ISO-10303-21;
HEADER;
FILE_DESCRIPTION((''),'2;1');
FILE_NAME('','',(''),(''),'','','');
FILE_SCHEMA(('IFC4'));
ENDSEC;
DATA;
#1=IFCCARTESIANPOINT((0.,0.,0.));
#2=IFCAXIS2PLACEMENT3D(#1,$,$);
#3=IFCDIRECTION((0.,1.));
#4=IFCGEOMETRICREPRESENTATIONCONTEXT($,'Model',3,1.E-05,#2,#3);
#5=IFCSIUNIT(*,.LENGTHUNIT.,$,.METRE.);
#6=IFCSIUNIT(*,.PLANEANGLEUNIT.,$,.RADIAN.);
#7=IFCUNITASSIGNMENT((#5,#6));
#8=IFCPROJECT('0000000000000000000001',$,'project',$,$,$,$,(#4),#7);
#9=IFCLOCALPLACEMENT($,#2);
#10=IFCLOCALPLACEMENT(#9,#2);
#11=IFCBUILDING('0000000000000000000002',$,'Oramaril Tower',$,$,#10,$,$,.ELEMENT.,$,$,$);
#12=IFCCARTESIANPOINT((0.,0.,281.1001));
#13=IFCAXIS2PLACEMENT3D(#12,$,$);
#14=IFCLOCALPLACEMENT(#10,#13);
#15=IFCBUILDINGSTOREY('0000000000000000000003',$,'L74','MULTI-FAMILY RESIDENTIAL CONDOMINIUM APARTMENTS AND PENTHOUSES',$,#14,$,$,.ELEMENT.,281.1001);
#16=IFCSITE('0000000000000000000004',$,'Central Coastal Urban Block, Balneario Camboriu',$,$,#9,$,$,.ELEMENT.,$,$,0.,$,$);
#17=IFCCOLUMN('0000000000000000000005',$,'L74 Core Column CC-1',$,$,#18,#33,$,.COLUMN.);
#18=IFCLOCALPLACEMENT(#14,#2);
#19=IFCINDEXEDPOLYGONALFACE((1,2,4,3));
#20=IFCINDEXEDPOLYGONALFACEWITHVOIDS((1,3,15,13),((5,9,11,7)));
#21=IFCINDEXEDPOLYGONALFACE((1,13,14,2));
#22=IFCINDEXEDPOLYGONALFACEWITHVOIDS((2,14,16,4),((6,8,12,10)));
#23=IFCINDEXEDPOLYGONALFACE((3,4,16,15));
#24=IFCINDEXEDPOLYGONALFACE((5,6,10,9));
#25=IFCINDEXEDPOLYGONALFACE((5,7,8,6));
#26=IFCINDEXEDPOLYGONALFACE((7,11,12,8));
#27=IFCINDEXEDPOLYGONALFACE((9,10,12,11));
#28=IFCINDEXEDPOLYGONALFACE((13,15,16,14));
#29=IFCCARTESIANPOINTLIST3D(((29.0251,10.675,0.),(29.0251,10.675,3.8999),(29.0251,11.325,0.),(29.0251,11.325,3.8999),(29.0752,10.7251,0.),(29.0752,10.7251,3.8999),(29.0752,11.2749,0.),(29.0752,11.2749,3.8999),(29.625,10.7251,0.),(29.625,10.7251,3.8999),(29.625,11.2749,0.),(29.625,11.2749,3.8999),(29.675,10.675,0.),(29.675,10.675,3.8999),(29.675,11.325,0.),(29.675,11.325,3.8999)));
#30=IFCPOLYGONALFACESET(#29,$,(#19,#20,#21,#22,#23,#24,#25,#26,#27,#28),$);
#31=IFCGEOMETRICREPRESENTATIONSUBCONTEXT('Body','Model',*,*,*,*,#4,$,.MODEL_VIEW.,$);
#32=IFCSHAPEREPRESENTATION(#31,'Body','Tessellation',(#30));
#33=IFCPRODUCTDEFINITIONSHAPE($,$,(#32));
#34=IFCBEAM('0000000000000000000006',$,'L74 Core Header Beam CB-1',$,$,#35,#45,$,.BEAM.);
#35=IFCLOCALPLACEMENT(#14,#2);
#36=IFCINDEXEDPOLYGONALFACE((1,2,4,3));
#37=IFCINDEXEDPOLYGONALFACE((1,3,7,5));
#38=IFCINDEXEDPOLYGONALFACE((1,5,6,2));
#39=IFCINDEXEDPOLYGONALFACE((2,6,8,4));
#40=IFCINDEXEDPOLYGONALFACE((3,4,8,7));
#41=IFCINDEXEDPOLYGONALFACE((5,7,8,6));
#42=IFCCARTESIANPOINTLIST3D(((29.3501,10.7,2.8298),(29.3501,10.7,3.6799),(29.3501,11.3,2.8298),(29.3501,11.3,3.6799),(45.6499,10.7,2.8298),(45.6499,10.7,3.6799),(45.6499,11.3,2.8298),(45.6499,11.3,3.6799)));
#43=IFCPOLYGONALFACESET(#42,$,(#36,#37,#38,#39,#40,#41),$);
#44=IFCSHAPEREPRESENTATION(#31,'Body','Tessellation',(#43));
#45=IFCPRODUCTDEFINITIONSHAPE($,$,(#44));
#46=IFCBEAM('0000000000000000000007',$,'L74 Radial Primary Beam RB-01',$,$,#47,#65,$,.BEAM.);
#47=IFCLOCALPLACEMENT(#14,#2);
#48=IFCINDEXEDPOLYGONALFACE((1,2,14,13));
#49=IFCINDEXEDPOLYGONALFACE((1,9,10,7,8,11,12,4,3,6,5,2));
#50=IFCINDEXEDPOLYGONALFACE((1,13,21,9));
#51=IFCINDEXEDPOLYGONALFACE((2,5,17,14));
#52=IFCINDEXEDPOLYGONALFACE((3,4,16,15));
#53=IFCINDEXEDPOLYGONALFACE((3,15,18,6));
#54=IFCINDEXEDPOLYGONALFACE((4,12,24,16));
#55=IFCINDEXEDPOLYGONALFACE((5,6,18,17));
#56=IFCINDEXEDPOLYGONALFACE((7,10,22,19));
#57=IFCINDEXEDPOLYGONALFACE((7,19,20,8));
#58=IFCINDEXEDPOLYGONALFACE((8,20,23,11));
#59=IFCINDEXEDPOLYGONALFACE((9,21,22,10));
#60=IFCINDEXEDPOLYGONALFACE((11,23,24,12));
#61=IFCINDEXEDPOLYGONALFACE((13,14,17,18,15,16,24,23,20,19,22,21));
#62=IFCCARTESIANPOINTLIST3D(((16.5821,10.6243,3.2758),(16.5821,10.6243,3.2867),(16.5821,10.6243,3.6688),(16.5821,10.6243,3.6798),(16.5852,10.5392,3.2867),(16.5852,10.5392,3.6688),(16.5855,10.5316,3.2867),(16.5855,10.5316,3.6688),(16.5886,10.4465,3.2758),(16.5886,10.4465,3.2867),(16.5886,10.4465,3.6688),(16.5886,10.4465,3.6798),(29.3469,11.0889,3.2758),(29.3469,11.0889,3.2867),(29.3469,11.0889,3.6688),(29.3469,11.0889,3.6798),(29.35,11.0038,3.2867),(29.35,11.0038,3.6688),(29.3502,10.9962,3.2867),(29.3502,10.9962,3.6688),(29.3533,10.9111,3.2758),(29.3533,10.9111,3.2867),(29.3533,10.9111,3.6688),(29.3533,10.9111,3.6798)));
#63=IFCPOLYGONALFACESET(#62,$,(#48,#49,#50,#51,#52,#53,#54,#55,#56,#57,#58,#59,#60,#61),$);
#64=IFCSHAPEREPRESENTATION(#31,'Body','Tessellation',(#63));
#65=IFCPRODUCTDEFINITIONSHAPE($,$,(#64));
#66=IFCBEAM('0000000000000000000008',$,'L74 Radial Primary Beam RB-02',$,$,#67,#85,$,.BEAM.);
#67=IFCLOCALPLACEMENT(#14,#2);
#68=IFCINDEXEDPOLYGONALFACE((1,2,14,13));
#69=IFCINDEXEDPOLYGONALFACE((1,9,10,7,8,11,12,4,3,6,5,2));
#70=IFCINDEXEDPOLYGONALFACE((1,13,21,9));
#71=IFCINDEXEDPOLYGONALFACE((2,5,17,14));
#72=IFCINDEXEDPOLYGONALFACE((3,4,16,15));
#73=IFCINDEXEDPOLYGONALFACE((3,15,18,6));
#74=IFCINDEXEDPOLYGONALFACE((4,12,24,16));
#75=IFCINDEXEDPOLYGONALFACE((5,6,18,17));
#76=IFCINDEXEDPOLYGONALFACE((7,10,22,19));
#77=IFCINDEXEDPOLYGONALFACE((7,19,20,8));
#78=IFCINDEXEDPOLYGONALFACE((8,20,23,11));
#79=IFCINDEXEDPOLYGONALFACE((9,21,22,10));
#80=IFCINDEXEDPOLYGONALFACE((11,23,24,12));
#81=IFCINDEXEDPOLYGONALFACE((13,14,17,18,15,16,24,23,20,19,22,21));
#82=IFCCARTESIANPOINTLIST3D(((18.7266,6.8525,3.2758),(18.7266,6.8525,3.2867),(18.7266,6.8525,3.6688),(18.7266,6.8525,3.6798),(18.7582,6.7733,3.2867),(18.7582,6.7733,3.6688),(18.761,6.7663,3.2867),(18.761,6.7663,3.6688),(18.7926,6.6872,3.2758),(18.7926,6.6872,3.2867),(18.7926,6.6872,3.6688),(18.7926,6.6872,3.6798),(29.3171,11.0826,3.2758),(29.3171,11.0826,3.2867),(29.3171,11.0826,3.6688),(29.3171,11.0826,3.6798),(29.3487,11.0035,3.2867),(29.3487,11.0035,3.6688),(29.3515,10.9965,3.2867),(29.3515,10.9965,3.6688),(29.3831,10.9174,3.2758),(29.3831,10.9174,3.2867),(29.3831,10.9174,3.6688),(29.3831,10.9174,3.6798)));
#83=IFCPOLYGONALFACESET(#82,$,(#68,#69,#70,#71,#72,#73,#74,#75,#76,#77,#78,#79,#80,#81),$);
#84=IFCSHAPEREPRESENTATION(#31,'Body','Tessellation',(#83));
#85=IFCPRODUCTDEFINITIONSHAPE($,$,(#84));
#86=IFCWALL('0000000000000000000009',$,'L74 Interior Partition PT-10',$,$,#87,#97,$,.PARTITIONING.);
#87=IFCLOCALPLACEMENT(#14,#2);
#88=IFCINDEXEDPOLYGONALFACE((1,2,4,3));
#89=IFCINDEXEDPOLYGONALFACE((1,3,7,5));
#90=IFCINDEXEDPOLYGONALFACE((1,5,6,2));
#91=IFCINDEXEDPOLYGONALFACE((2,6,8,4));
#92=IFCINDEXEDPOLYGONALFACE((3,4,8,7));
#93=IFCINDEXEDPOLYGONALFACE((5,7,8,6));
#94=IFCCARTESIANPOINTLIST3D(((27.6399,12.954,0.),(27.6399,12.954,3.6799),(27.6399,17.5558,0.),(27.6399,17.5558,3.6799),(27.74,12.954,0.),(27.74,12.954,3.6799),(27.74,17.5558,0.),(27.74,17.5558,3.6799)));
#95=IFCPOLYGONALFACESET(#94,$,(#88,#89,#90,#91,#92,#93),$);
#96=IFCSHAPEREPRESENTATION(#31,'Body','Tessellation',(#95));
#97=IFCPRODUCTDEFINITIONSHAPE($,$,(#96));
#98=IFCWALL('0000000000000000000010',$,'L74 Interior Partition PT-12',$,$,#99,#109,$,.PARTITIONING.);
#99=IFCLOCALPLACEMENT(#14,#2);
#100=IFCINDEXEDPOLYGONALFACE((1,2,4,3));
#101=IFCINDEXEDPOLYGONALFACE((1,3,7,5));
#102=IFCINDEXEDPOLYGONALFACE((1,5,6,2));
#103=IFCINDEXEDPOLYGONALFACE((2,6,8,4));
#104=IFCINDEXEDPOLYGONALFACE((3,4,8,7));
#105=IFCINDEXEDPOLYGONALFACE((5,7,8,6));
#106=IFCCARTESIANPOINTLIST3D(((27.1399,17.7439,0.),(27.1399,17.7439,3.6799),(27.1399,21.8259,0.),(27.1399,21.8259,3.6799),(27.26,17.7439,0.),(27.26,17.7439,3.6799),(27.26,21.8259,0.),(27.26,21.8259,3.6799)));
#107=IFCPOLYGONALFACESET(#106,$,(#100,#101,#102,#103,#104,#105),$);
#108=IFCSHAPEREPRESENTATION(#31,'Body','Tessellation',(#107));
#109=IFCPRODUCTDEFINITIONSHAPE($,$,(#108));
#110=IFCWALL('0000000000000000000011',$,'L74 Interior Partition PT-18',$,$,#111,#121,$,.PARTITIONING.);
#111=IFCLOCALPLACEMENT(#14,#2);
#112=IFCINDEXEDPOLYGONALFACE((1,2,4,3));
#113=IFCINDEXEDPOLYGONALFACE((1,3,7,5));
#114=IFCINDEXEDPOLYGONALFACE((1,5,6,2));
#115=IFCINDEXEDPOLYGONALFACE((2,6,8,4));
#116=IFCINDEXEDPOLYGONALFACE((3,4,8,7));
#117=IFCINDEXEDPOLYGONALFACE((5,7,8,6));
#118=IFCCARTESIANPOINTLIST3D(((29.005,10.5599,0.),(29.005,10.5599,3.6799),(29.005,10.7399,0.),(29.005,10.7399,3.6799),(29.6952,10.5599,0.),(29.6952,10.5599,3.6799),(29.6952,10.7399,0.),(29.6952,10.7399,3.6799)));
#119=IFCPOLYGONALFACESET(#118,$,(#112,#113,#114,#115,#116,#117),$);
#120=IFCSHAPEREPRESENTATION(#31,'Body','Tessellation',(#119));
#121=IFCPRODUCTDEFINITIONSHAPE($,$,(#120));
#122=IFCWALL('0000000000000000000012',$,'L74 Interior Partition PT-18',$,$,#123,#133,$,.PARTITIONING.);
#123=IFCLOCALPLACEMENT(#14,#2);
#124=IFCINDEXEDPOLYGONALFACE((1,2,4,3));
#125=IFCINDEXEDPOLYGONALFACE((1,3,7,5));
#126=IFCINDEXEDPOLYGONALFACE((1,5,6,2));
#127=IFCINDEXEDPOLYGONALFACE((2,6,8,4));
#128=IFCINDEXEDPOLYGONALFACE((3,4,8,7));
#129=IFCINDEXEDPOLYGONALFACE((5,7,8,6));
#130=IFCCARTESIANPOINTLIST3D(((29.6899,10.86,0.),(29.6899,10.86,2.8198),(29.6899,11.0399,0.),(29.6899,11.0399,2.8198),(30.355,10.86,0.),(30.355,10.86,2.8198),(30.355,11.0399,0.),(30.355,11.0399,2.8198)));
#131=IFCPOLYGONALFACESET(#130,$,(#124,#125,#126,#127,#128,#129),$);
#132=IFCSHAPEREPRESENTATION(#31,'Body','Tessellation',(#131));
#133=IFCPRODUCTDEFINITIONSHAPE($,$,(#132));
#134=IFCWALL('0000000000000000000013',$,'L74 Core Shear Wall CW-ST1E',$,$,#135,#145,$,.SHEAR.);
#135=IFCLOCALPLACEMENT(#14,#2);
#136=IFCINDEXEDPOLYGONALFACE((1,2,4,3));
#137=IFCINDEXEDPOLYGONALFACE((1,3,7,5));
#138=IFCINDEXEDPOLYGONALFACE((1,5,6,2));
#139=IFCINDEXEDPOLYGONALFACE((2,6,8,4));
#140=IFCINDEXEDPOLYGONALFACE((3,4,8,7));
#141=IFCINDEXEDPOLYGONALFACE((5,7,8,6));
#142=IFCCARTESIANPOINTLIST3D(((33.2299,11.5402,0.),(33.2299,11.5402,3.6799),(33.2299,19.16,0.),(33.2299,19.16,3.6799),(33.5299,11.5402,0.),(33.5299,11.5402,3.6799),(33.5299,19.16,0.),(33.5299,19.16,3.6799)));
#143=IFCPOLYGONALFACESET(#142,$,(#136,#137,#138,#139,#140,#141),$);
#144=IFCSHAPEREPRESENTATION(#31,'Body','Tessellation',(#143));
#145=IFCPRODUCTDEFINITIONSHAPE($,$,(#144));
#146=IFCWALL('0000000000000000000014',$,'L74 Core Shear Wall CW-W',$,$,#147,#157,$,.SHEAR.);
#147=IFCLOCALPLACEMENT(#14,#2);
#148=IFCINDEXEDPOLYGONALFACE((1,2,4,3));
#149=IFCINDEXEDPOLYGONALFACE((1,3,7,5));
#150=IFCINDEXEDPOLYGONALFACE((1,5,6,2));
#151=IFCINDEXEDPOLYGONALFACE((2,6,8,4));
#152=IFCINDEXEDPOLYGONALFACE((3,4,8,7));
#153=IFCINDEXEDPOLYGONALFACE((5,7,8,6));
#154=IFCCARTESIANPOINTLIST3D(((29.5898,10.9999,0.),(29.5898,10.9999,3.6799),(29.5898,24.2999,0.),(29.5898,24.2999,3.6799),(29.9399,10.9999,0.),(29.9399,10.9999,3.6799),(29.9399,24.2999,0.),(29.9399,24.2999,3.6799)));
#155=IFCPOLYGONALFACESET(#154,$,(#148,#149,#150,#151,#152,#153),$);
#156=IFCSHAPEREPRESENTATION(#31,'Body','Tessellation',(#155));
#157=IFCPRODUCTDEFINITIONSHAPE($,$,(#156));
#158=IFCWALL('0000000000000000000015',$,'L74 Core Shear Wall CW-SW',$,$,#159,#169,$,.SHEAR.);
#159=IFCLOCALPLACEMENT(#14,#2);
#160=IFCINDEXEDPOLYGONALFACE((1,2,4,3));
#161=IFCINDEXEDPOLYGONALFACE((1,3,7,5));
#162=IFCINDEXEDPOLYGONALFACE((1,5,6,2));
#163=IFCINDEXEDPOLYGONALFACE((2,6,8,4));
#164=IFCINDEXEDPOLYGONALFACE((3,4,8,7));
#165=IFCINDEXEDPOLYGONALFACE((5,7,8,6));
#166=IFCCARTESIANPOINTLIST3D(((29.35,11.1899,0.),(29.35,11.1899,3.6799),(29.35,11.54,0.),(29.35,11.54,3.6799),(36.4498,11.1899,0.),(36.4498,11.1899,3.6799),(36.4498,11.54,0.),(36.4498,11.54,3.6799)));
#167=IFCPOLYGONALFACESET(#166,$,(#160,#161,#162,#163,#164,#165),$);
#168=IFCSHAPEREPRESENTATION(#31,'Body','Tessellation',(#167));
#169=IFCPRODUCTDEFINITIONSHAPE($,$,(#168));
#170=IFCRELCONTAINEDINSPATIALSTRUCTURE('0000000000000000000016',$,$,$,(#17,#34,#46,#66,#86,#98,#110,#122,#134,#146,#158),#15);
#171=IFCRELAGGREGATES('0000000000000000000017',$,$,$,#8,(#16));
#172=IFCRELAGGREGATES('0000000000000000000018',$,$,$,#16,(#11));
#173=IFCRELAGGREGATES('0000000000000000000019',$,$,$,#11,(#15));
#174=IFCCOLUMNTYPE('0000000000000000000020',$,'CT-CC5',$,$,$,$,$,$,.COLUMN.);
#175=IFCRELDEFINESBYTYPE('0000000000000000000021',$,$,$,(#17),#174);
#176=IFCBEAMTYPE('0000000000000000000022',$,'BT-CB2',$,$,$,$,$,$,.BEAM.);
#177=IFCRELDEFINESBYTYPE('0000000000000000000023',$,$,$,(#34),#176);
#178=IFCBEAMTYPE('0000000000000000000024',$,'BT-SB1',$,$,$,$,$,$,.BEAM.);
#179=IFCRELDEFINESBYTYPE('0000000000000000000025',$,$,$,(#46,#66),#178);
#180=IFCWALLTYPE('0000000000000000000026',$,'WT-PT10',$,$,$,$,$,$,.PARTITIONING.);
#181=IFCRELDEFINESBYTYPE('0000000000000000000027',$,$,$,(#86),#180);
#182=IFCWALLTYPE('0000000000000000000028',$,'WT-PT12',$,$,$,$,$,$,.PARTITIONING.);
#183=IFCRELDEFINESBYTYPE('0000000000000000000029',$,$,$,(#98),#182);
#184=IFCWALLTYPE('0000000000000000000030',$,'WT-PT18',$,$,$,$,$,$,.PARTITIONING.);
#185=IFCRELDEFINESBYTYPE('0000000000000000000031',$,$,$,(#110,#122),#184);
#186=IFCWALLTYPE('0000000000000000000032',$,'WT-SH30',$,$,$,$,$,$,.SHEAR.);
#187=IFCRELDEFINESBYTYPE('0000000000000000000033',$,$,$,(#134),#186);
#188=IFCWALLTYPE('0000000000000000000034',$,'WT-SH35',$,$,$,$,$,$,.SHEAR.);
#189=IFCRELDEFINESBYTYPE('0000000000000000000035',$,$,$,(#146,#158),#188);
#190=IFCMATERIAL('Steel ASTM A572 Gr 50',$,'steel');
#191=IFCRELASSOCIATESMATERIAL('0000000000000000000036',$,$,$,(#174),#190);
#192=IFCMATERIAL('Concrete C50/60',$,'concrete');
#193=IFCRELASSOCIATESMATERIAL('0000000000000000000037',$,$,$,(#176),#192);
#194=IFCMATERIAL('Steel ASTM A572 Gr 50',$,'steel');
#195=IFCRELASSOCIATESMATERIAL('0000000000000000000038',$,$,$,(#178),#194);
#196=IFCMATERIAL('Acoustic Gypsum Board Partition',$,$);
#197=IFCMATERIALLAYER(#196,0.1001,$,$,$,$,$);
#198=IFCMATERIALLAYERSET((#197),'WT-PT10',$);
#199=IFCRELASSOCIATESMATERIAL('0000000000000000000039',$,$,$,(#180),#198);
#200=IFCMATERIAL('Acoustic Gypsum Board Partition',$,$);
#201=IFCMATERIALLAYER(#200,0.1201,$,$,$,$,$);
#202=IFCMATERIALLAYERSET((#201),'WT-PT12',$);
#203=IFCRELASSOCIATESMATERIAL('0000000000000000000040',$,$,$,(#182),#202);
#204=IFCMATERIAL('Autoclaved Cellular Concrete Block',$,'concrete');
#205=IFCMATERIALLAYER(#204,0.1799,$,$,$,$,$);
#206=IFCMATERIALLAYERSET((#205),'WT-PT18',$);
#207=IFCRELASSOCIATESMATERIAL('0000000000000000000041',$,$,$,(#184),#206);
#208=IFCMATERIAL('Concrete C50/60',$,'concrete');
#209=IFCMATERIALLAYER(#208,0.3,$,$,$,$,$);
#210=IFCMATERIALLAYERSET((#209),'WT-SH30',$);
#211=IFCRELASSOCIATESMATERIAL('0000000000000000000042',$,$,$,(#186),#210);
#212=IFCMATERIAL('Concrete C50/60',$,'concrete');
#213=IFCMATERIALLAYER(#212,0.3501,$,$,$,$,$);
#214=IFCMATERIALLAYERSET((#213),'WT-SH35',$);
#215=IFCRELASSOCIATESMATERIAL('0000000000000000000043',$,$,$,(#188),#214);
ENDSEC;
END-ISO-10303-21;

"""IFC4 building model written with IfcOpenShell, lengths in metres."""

from ifc_helpers import new_model, si_unit, direction, frame, frame_2d, origin, origin_2d, place, context, subcontext, project, spatial, rectangle, hollow_rectangle, i_section, extrude, material, layer, layer_set, material_profile, profile_set, type_object, element, save


model = new_model("IFC4")

# Units and contexts
model_context = context("Model", 3, precision=1e-05, world=origin(), true_north=direction((0.0, 1.0)))
body_context = subcontext(model_context, "Body", "Model", "MODEL_VIEW")
ifc_project = project(units=[si_unit("LENGTHUNIT", "METRE"), si_unit("PLANEANGLEUNIT", "RADIAN")], contexts=[model_context])

# Site, building, storey
site_placement = place(None, origin())
site = spatial("IfcSite", under=ifc_project, at=site_placement, Name="Central Coastal Urban Block, Balneario Camboriu", CompositionType="ELEMENT", RefElevation=0.0)
building_placement = place(site_placement, origin())
building = spatial("IfcBuilding", under=site, at=building_placement, Name="Oramaril Tower", CompositionType="ELEMENT")
storey_placement = place(building_placement, frame((0.0, 0.0, 281.1001)))
storey = spatial("IfcBuildingStorey", under=building, at=storey_placement, Name="L74", Description="MULTI-FAMILY RESIDENTIAL CONDOMINIUM APARTMENTS AND PENTHOUSES", CompositionType="ELEMENT", Elevation=281.1001)

# Column
ifc_material_1 = material(Name="Steel ASTM A572 Gr 50", Category="steel")
ifc_material_profile_1 = material_profile(ifc_material_1, hollow_rectangle(XDim=0.6499, YDim=0.6499, WallThickness=0.05, at=origin_2d()), Name="BOX650X650X50")
ifc_profile_set_1 = profile_set([ifc_material_profile_1], Name="Steel ASTM A572 Gr 50")
column_type = type_object("IfcColumnType", Name="CT-CC5", PredefinedType="COLUMN", material=ifc_profile_set_1)
column_placement = place(storey_placement, frame((29.3501, 11.0, 0.0), z_axis=(0.0, 0.0, 1.0), x_axis=(1.0, 0.0, 0.0)))
element("IfcColumn", 1, at=column_placement, inside=storey, type_object=column_type, Name="L74 Core Column CC-1", PredefinedType="COLUMN", context=body_context, shape_type="SweptSolid", body=[
    extrude(hollow_rectangle(XDim=0.6499, YDim=0.6499, WallThickness=0.05, at=origin_2d()), origin(), (0.0, 0.0, 1.0), 3.8999),
])

# Beams
ifc_material_2 = material(Name="Concrete C50/60", Category="concrete")
ifc_material_profile_2 = material_profile(ifc_material_2, rectangle(XDim=0.6001, YDim=0.8501, at=origin_2d()), Name="CB600X850")
ifc_profile_set_2 = profile_set([ifc_material_profile_2], Name="Concrete C50/60")
beam_type_1 = type_object("IfcBeamType", Name="BT-CB2", PredefinedType="BEAM", material=ifc_profile_set_2)
beam_1_placement = place(storey_placement, frame((29.3501, 11.0, 3.2549), z_axis=(1.0, 0.0, 0.0), x_axis=(0.0, 1.0, 0.0)))
element("IfcBeam", 2, at=beam_1_placement, inside=storey, type_object=beam_type_1, Name="L74 Core Header Beam CB-1", PredefinedType="BEAM", context=body_context, shape_type="SweptSolid", body=[
    extrude(rectangle(XDim=0.6001, YDim=0.8501, at=origin_2d()), origin(), (0.0, 0.0, 1.0), 16.2998),
])
ifc_material_3 = material(Name="Steel ASTM A572 Gr 50", Category="steel")
ifc_material_profile_3 = material_profile(ifc_material_3, i_section(OverallWidth=0.178, OverallDepth=0.4041, WebThickness=0.0076, FlangeThickness=0.011, at=origin_2d()), Name="W16X36")
ifc_profile_set_3 = profile_set([ifc_material_profile_3], Name="Steel ASTM A572 Gr 50")
beam_type_2 = type_object("IfcBeamType", Name="BT-SB1", PredefinedType="BEAM", material=ifc_profile_set_3)
beam_2_placement = place(storey_placement, frame((29.3501, 11.0, 3.4778), z_axis=(-0.999338, -0.036373, 0.0), x_axis=(0.036373, -0.999338, 0.0)))
element("IfcBeam", 3, at=beam_2_placement, inside=storey, type_object=beam_type_2, Name="L74 Radial Primary Beam RB-01", PredefinedType="BEAM", context=body_context, shape_type="SweptSolid", body=[
    extrude(i_section(OverallWidth=0.178, OverallDepth=0.4041, WebThickness=0.0076, FlangeThickness=0.011, at=origin_2d()), origin(), (0.0, 0.0, 1.0), 12.7732),
])
beam_3_placement = place(storey_placement, frame((29.3501, 11.0, 3.4778), z_axis=(-0.928658, -0.370937, 0.0), x_axis=(0.370937, -0.928658, 0.0)))
element("IfcBeam", 4, at=beam_3_placement, inside=storey, type_object=beam_type_2, Name="L74 Radial Primary Beam RB-02", PredefinedType="BEAM", context=body_context, shape_type="SweptSolid", body=[
    extrude(i_section(OverallWidth=0.178, OverallDepth=0.4041, WebThickness=0.0076, FlangeThickness=0.011, at=origin_2d()), origin(), (0.0, 0.0, 1.0), 11.4041),
])

# Walls
ifc_material_4 = material(Name="Acoustic Gypsum Board Partition")
ifc_layer_1 = layer(ifc_material_4, 0.1001)
ifc_layer_set_1 = layer_set([ifc_layer_1], Name="WT-PT10")
wall_type_1 = type_object("IfcWallType", Name="WT-PT10", PredefinedType="PARTITIONING", material=ifc_layer_set_1)
wall_1_placement = place(storey_placement, frame((27.6899, 12.9541, 0.0), z_axis=(0.0, 0.0, 1.0), x_axis=(0.0, 1.0, 0.0)))
element("IfcWall", 5, at=wall_1_placement, inside=storey, type_object=wall_type_1, Name="L74 Interior Partition PT-10", PredefinedType="PARTITIONING", context=body_context, shape_type="SweptSolid", body=[
    extrude(rectangle(XDim=4.6018, YDim=0.1001, at=frame_2d((2.3008, 0.0))), origin(), (0.0, 0.0, 1.0), 3.6799),
])
ifc_material_5 = material(Name="Acoustic Gypsum Board Partition")
ifc_layer_2 = layer(ifc_material_5, 0.1201)
ifc_layer_set_2 = layer_set([ifc_layer_2], Name="WT-PT12")
wall_type_2 = type_object("IfcWallType", Name="WT-PT12", PredefinedType="PARTITIONING", material=ifc_layer_set_2)
wall_2_placement = place(storey_placement, frame((27.2, 17.7439, 0.0), z_axis=(0.0, 0.0, 1.0), x_axis=(0.0, 1.0, 0.0)))
element("IfcWall", 6, at=wall_2_placement, inside=storey, type_object=wall_type_2, Name="L74 Interior Partition PT-12", PredefinedType="PARTITIONING", context=body_context, shape_type="SweptSolid", body=[
    extrude(rectangle(XDim=4.082, YDim=0.1201, at=frame_2d((2.041, 0.0))), origin(), (0.0, 0.0, 1.0), 3.6799),
])
ifc_material_6 = material(Name="Autoclaved Cellular Concrete Block", Category="concrete")
ifc_layer_3 = layer(ifc_material_6, 0.1799)
ifc_layer_set_3 = layer_set([ifc_layer_3], Name="WT-PT18")
wall_type_3 = type_object("IfcWallType", Name="WT-PT18", PredefinedType="PARTITIONING", material=ifc_layer_set_3)
wall_3_placement = place(storey_placement, frame((29.0049, 10.6499, 0.0), z_axis=(0.0, 0.0, 1.0), x_axis=(1.0, 0.0, 0.0)))
element("IfcWall", 7, at=wall_3_placement, inside=storey, type_object=wall_type_3, Name="L74 Interior Partition PT-18", PredefinedType="PARTITIONING", context=body_context, shape_type="SweptSolid", body=[
    extrude(rectangle(XDim=0.6902, YDim=0.1799, at=frame_2d((0.3452, 0.0))), origin(), (0.0, 0.0, 1.0), 3.6799),
])
wall_4_placement = place(storey_placement, frame((29.6899, 10.95, 0.0), z_axis=(0.0, 0.0, 1.0), x_axis=(1.0, 0.0, 0.0)))
element("IfcWall", 8, at=wall_4_placement, inside=storey, type_object=wall_type_3, Name="L74 Interior Partition PT-18", PredefinedType="PARTITIONING", context=body_context, shape_type="SweptSolid", body=[
    extrude(rectangle(XDim=0.665, YDim=0.1799, at=frame_2d((0.3325, 0.0))), origin(), (0.0, 0.0, 1.0), 2.8198),
])

# Shared definitions
ifc_material_7 = material(Name="Concrete C50/60", Category="concrete")
ifc_layer_4 = layer(ifc_material_7, 0.3)
ifc_layer_set_4 = layer_set([ifc_layer_4], Name="WT-SH30")
wall_type_4 = type_object("IfcWallType", Name="WT-SH30", PredefinedType="SHEAR", material=ifc_layer_set_4)

# Walls
wall_5_placement = place(storey_placement, frame((33.3799, 11.54, 0.0), z_axis=(0.0, 0.0, 1.0), x_axis=(0.0, 1.0, 0.0)))
element("IfcWall", 9, at=wall_5_placement, inside=storey, type_object=wall_type_4, Name="L74 Core Shear Wall CW-ST1E", PredefinedType="SHEAR", context=body_context, shape_type="SweptSolid", body=[
    extrude(rectangle(XDim=7.6199, YDim=0.3, at=frame_2d((3.8101, 0.0))), origin(), (0.0, 0.0, 1.0), 3.6799),
])
ifc_material_8 = material(Name="Concrete C50/60", Category="concrete")
ifc_layer_5 = layer(ifc_material_8, 0.3501)
ifc_layer_set_5 = layer_set([ifc_layer_5], Name="WT-SH35")
wall_type_5 = type_object("IfcWallType", Name="WT-SH35", PredefinedType="SHEAR", material=ifc_layer_set_5)
wall_6_placement = place(storey_placement, frame((29.7649, 11.0, 0.0), z_axis=(0.0, 0.0, 1.0), x_axis=(0.0, 1.0, 0.0)))
element("IfcWall", 10, at=wall_6_placement, inside=storey, type_object=wall_type_5, Name="L74 Core Shear Wall CW-W", PredefinedType="SHEAR", context=body_context, shape_type="SweptSolid", body=[
    extrude(rectangle(XDim=13.3, YDim=0.3501, at=frame_2d((6.6499, 0.0))), origin(), (0.0, 0.0, 1.0), 3.6799),
])
wall_7_placement = place(storey_placement, frame((29.3501, 11.365, 0.0), z_axis=(0.0, 0.0, 1.0), x_axis=(1.0, 0.0, 0.0)))
element("IfcWall", 11, at=wall_7_placement, inside=storey, type_object=wall_type_5, Name="L74 Core Shear Wall CW-SW", PredefinedType="SHEAR", context=body_context, shape_type="SweptSolid", body=[
    extrude(rectangle(XDim=7.0999, YDim=0.3501, at=frame_2d((3.5498, 0.0))), origin(), (0.0, 0.0, 1.0), 3.6799),
])

save(model, "model.ifc")
